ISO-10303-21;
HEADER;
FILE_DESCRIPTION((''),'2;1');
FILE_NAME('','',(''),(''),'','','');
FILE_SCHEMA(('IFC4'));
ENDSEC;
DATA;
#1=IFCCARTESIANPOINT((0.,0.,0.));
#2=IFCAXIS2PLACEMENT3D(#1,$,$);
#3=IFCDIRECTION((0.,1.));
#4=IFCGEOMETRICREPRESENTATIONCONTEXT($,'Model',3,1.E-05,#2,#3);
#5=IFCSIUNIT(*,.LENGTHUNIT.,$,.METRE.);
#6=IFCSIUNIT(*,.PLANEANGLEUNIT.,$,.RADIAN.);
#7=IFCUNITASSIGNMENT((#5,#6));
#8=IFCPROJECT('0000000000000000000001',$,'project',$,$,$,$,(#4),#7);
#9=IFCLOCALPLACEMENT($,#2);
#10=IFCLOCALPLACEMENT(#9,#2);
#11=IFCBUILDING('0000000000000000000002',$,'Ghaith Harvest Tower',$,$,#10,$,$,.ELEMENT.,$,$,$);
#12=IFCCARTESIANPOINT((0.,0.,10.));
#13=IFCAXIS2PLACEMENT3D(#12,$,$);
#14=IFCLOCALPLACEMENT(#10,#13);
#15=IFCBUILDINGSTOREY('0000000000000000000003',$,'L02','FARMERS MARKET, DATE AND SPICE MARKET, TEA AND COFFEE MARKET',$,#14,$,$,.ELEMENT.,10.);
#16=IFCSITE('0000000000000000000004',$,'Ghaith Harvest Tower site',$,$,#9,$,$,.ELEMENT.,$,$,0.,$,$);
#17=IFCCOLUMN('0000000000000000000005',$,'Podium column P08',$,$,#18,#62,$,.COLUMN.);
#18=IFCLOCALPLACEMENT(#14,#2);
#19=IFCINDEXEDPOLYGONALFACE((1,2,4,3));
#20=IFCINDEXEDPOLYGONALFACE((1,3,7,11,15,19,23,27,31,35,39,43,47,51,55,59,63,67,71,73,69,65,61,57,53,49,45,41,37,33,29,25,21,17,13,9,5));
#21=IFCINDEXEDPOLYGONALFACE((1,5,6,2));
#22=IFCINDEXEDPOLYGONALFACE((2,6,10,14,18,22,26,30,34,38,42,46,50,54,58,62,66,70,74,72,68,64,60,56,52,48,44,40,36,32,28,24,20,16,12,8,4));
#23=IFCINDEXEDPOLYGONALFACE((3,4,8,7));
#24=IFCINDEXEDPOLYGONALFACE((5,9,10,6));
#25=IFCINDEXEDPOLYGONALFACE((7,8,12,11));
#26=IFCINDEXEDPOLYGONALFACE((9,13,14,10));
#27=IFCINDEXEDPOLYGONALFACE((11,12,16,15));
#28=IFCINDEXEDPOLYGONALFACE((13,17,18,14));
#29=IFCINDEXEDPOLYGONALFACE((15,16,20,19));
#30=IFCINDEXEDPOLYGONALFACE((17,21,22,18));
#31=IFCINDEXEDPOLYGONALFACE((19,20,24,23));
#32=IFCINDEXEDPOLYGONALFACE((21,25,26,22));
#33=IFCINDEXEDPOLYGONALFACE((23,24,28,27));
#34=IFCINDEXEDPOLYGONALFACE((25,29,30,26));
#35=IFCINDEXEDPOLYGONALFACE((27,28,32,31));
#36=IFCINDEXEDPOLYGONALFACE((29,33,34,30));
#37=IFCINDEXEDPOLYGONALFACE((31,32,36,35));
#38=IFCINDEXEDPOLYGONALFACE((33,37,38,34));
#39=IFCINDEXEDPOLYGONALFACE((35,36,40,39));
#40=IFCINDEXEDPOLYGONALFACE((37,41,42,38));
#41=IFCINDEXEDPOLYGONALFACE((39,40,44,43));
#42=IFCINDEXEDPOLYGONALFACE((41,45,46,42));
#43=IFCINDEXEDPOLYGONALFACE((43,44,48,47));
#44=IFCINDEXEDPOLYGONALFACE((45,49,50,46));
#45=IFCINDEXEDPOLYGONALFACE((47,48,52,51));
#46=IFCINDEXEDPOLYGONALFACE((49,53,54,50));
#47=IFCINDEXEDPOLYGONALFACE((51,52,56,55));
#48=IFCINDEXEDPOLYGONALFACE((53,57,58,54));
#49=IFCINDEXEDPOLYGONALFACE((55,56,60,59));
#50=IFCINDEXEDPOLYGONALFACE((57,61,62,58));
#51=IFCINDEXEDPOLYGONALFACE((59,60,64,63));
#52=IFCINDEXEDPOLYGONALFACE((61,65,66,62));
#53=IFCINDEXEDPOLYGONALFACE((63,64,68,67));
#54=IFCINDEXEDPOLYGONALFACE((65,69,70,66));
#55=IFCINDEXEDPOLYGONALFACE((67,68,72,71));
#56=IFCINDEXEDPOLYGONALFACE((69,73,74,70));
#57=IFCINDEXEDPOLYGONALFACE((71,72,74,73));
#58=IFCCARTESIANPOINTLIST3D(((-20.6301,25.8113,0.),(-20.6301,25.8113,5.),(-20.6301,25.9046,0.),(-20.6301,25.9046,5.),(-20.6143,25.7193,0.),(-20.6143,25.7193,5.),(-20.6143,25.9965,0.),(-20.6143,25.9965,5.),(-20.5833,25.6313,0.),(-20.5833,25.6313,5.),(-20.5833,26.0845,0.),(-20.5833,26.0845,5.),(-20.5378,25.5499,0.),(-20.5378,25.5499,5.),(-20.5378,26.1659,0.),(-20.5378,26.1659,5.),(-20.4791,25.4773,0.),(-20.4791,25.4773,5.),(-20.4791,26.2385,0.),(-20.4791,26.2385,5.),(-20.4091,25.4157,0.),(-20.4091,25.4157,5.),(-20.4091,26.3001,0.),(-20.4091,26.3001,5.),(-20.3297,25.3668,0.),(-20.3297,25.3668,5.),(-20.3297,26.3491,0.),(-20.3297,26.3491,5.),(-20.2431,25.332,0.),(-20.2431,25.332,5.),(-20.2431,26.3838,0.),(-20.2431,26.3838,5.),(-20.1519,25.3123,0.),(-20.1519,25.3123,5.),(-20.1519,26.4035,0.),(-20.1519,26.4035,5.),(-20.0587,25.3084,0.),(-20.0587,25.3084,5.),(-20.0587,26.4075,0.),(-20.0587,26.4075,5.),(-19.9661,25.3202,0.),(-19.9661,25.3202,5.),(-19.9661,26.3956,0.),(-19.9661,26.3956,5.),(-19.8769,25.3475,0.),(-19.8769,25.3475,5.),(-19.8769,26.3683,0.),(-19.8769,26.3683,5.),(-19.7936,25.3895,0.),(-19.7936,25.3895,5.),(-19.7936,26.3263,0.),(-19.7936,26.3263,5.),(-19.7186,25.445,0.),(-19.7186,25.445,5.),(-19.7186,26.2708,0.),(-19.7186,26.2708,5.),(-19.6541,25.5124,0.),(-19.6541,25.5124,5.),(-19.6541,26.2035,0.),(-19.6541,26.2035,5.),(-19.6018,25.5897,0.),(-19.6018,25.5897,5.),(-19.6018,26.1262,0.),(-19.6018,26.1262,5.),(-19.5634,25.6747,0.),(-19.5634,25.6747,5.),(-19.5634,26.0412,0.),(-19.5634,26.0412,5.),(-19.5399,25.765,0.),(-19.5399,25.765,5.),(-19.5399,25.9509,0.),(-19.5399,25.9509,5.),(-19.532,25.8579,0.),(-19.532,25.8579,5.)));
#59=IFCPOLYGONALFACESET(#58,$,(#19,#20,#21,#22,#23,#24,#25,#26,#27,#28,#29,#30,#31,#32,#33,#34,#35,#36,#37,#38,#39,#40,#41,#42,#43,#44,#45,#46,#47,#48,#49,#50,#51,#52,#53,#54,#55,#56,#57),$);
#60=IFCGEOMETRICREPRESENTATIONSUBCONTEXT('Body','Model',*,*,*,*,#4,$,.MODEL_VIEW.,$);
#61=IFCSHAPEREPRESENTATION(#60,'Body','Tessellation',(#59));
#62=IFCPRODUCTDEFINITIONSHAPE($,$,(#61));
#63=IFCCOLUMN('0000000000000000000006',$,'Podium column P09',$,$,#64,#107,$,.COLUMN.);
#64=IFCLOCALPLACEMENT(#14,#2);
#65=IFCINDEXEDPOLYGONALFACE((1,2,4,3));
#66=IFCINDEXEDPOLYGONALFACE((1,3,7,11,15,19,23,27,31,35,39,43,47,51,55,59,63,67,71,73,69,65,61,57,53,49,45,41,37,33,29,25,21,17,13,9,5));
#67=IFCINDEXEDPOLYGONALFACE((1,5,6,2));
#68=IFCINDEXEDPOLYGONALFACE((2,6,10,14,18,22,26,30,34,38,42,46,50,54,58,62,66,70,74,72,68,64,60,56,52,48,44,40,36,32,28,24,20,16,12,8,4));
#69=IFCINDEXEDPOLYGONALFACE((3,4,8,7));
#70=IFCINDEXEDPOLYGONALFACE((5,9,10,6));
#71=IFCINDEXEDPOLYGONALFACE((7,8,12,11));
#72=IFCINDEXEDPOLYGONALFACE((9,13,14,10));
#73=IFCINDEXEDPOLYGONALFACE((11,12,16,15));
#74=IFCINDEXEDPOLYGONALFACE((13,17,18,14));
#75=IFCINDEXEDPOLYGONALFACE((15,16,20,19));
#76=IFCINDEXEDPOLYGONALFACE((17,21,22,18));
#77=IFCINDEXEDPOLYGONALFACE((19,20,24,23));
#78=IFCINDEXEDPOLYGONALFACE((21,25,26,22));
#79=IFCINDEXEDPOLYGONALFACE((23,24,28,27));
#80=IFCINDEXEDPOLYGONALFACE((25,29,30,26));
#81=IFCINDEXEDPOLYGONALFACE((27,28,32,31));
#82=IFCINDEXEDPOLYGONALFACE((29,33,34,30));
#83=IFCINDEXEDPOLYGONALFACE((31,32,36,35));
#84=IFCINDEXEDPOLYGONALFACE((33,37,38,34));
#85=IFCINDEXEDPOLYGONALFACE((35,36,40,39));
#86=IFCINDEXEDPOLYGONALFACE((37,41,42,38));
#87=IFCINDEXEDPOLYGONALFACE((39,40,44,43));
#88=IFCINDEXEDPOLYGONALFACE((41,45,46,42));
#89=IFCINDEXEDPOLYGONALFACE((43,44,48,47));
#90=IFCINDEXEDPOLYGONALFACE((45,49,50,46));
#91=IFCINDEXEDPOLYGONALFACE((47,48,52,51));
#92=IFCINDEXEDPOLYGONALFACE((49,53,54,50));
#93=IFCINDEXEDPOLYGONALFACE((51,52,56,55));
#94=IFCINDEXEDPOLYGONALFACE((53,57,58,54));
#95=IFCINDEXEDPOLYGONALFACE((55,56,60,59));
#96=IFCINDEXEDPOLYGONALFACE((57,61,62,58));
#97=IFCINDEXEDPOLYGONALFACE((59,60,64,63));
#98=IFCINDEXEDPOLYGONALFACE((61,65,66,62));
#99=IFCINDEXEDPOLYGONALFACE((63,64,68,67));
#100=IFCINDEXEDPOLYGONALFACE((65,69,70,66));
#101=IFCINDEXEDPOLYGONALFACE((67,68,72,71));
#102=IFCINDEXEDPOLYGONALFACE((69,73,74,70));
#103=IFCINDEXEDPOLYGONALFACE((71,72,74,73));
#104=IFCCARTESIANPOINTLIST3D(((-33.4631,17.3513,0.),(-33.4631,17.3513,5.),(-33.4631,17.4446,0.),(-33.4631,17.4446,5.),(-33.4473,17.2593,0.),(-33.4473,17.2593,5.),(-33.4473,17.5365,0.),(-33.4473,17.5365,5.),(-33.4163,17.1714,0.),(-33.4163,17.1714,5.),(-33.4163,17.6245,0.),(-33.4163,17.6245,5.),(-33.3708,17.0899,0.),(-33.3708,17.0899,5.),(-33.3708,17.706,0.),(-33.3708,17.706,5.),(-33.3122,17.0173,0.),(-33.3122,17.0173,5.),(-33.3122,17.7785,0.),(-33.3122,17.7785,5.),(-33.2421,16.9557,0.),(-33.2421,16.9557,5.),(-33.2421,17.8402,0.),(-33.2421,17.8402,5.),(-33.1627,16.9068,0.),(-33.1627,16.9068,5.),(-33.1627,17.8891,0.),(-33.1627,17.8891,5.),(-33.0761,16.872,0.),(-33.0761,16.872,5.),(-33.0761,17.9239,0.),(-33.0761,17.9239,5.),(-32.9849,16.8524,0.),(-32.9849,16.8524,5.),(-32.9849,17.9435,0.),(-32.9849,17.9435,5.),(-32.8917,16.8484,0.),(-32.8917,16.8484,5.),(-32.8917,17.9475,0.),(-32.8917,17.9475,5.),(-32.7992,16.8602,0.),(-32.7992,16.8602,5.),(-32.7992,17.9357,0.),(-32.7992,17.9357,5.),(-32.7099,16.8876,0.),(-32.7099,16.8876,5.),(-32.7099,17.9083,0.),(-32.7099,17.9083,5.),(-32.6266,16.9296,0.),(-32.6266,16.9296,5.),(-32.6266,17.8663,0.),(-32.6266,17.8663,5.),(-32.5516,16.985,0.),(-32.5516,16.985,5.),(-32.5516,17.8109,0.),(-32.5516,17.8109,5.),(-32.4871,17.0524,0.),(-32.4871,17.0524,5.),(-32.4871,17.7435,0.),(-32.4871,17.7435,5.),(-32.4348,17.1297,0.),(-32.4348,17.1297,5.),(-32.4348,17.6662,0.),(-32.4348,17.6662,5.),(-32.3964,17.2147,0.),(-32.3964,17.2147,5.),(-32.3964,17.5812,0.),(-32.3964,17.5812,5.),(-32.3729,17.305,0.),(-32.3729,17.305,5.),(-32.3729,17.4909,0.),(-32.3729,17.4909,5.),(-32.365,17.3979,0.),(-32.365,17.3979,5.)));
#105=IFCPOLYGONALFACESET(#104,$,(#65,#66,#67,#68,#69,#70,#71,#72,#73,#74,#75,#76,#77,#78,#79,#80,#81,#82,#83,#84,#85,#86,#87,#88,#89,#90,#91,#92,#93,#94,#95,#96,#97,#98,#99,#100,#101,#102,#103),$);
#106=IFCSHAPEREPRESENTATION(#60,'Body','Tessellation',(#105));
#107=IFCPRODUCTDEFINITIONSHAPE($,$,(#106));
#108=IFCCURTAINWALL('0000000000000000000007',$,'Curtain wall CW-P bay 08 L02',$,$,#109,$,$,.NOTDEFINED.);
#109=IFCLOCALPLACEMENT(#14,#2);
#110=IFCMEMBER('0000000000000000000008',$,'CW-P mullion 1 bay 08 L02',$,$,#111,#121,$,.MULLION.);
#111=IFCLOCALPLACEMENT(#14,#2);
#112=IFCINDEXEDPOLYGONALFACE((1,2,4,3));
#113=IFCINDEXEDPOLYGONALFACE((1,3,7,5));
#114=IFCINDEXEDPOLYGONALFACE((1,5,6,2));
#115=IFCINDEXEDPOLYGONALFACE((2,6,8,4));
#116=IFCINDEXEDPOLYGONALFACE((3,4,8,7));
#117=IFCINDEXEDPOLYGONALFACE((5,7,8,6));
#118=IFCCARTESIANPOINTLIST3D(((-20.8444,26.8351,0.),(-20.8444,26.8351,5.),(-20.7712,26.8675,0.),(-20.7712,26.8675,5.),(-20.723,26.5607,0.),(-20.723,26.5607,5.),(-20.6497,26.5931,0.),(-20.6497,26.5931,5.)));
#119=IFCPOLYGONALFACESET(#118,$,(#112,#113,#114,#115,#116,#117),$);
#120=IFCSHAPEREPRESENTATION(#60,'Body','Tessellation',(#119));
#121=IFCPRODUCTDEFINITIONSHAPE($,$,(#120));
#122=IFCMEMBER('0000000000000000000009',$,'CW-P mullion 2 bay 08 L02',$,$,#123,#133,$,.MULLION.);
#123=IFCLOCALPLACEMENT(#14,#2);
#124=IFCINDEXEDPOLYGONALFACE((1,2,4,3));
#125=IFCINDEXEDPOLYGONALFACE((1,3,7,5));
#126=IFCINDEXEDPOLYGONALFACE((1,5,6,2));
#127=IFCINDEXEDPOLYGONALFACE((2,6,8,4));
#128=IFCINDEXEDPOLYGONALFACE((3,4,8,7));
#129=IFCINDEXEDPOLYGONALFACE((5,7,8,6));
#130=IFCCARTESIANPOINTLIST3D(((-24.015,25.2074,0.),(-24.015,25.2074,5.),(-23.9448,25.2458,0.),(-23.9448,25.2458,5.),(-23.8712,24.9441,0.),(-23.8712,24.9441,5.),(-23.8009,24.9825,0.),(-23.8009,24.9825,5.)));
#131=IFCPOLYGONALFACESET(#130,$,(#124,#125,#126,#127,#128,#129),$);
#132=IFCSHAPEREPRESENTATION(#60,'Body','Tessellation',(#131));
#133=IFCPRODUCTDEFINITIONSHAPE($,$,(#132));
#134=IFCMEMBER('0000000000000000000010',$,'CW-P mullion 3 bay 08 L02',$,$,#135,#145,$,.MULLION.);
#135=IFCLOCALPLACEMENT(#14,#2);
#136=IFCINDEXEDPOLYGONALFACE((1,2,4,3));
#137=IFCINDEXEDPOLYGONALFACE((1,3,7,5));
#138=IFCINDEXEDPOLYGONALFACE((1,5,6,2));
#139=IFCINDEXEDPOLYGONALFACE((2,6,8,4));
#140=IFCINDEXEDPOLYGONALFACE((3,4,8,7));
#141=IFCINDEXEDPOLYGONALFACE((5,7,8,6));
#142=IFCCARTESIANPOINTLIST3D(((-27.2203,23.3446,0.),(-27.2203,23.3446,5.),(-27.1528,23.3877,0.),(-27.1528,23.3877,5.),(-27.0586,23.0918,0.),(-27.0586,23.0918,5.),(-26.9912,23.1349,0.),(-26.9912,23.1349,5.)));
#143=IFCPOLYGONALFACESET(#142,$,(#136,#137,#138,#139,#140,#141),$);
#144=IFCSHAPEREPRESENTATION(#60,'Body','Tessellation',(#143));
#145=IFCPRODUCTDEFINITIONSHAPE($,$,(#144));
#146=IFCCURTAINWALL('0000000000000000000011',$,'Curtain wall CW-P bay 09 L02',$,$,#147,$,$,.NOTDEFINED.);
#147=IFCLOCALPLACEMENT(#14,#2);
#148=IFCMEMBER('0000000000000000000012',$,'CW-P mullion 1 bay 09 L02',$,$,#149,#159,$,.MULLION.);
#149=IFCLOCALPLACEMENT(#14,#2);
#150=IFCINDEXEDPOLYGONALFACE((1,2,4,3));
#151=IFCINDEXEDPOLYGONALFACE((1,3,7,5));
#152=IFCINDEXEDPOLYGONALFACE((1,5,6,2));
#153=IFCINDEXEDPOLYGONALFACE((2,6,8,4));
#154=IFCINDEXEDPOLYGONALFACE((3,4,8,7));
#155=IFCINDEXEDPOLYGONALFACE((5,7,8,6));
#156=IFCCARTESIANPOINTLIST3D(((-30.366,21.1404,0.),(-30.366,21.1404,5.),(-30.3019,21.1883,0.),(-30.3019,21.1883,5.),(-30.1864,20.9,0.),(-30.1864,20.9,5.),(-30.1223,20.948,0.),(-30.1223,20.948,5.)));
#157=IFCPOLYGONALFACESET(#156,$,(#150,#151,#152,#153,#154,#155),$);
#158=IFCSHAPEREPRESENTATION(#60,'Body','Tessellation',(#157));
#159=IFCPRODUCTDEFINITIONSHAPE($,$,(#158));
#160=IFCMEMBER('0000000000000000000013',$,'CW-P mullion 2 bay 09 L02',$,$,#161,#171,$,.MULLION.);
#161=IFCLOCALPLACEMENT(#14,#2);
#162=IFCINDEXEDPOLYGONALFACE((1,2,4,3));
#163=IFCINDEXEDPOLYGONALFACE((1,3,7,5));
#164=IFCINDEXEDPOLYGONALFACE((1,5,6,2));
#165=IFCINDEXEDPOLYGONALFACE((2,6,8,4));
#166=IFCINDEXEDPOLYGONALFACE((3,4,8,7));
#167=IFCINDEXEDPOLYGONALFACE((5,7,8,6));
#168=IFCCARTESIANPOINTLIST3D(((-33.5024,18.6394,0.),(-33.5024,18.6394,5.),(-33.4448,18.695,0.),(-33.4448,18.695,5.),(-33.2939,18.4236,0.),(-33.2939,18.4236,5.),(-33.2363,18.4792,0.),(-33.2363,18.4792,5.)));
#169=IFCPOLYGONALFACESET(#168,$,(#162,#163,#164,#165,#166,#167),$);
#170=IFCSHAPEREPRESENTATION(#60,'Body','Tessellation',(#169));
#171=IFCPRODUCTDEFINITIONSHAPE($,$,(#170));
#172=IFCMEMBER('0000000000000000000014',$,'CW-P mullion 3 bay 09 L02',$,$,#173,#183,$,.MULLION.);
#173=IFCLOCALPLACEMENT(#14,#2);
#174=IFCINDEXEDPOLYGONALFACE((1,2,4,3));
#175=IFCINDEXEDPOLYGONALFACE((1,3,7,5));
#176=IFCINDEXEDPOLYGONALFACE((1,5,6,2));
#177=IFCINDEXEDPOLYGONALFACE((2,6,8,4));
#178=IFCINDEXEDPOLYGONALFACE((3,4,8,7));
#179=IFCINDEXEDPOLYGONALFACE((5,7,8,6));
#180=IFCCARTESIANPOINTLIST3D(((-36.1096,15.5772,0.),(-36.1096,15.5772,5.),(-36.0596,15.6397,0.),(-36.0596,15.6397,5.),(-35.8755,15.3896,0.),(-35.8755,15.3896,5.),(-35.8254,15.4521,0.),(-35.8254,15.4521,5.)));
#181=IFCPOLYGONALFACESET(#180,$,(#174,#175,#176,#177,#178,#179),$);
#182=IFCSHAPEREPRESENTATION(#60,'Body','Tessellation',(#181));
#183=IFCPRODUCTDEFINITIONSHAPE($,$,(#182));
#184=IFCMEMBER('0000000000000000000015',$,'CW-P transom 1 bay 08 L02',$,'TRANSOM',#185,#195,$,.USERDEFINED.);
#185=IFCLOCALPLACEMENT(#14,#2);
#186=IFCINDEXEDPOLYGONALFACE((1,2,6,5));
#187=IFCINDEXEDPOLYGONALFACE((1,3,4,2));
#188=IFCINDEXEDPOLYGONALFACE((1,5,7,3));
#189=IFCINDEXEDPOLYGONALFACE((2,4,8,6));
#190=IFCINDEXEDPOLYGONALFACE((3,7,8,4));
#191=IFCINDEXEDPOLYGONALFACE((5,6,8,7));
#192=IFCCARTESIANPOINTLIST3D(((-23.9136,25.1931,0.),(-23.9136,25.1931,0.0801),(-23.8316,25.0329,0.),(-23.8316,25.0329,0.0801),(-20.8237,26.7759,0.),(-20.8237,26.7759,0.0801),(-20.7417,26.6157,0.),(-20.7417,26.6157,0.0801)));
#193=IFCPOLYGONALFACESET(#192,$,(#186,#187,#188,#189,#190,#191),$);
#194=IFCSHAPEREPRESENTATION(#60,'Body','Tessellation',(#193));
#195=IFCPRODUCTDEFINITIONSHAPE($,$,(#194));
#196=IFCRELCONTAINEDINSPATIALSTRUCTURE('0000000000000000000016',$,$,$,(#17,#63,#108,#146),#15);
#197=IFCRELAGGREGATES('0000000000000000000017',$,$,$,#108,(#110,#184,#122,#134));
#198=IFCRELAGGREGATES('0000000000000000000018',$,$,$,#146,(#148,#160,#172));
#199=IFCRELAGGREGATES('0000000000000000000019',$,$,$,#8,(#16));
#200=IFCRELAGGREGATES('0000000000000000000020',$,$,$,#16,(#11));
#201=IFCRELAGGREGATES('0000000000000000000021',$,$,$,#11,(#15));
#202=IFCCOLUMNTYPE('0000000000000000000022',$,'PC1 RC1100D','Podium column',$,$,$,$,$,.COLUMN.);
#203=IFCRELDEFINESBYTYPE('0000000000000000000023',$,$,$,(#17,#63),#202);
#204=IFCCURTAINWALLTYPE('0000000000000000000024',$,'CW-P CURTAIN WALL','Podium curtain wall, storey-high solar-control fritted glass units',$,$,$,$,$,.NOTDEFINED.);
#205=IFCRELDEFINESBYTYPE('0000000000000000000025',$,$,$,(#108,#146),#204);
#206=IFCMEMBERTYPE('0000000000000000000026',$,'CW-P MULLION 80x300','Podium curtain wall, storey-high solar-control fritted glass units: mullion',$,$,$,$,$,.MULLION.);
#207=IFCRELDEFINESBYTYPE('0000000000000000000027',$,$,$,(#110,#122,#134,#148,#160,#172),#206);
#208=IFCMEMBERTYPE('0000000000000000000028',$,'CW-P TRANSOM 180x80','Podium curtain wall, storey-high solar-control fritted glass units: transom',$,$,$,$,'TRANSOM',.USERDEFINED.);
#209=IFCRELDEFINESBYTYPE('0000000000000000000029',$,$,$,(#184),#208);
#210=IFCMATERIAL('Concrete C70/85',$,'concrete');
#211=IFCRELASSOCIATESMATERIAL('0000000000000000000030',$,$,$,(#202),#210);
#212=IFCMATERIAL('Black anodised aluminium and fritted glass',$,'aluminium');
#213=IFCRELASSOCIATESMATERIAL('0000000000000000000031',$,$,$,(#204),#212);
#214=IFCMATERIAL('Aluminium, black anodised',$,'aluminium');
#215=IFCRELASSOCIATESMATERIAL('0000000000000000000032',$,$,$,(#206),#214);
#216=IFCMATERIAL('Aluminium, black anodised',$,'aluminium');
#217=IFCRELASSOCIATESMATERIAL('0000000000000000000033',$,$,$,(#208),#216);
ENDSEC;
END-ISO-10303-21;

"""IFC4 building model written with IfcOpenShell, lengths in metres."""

from ifc_helpers import new_model, si_unit, direction, frame, origin, origin_2d, place, context, subcontext, project, spatial, rectangle, circle, extrude, material, material_profile, profile_set, type_object, element, aggregate, save


model = new_model("IFC4")

# Units and contexts
model_context = context("Model", 3, precision=1e-05, world=origin(), true_north=direction((0.0, 1.0)))
body_context = subcontext(model_context, "Body", "Model", "MODEL_VIEW")
ifc_project = project(units=[si_unit("LENGTHUNIT", "METRE"), si_unit("PLANEANGLEUNIT", "RADIAN")], contexts=[model_context])

# Site, building, storey
site_placement = place(None, origin())
site = spatial("IfcSite", under=ifc_project, at=site_placement, Name="Ghaith Harvest Tower site", CompositionType="ELEMENT", RefElevation=0.0)
building_placement = place(site_placement, origin())
building = spatial("IfcBuilding", under=site, at=building_placement, Name="Ghaith Harvest Tower", CompositionType="ELEMENT")
storey_placement = place(building_placement, frame((0.0, 0.0, 10.0)))
storey = spatial("IfcBuildingStorey", under=building, at=storey_placement, Name="L02", Description="FARMERS MARKET, DATE AND SPICE MARKET, TEA AND COFFEE MARKET", CompositionType="ELEMENT", Elevation=10.0)

# Columns
ifc_material_1 = material(Name="Concrete C70/85", Category="concrete")
ifc_material_profile_1 = material_profile(ifc_material_1, circle(Radius=0.55, at=origin_2d()), Name="RC1100D")
ifc_profile_set_1 = profile_set([ifc_material_profile_1], Name="Concrete C70/85")
column_type = type_object("IfcColumnType", Name="PC1 RC1100D", Description="Podium column", PredefinedType="COLUMN", material=ifc_profile_set_1)
for number, where, z_axis, x_axis, name in (
    (1, (-20.082, 25.8579, 0.0), (0.0, 0.0, 1.0), (1.0, 0.0, 0.0), "Podium column P08"),
    (2, (-32.915, 17.3979, 0.0), (0.0, 0.0, 1.0), (1.0, 0.0, 0.0), "Podium column P09"),
):
    element("IfcColumn", number, at=place(storey_placement, frame(where, z_axis=z_axis, x_axis=x_axis)), inside=storey, type_object=column_type, Name=name, PredefinedType="COLUMN", context=body_context, shape_type="SweptSolid", body=[
        extrude(circle(Radius=0.55, at=origin_2d()), origin(), (0.0, 0.0, 1.0), 5.0),
    ])

# Curtain walls, members
ifc_material_2 = material(Name="Black anodised aluminium and fritted glass", Category="aluminium")
curtain_wall_type = type_object("IfcCurtainWallType", Name="CW-P CURTAIN WALL", Description="Podium curtain wall, storey-high solar-control fritted glass units", PredefinedType="NOTDEFINED", material=ifc_material_2)
curtain_wall_1_placement = place(storey_placement, origin())
curtain_wall_1 = element("IfcCurtainWall", 3, at=curtain_wall_1_placement, inside=storey, type_object=curtain_wall_type, Name="Curtain wall CW-P bay 08 L02", PredefinedType="NOTDEFINED")
ifc_material_3 = material(Name="Aluminium, black anodised", Category="aluminium")
ifc_material_profile_2 = material_profile(ifc_material_3, rectangle(XDim=0.0801, YDim=0.3, at=origin_2d()), Name="CW-P MULLION 80x300")
ifc_profile_set_2 = profile_set([ifc_material_profile_2], Name="Aluminium, black anodised")
member_type_1 = type_object("IfcMemberType", Name="CW-P MULLION 80x300", Description="Podium curtain wall, storey-high solar-control fritted glass units: mullion", PredefinedType="MULLION", material=ifc_profile_set_2)
member_1_placement = place(storey_placement, frame((-20.7471, 26.7141, 0.0), z_axis=(0.0, 0.0, 1.0), x_axis=(-0.914422, -0.404763, 0.0)))
member_1 = element("IfcMember", 4, at=member_1_placement, type_object=member_type_1, Name="CW-P mullion 1 bay 08 L02", PredefinedType="MULLION", context=body_context, shape_type="SweptSolid", body=[
    extrude(rectangle(XDim=0.0801, YDim=0.3, at=origin_2d()), origin(), (0.0, 0.0, 1.0), 5.0),
])
member_2_placement = place(storey_placement, frame((-23.908, 25.095, 0.0), z_axis=(0.0, 0.0, 1.0), x_axis=(-0.877556, -0.479473, 0.0)))
member_2 = element("IfcMember", 5, at=member_2_placement, type_object=member_type_1, Name="CW-P mullion 2 bay 08 L02", PredefinedType="MULLION", context=body_context, shape_type="SweptSolid", body=[
    extrude(rectangle(XDim=0.0801, YDim=0.3, at=origin_2d()), origin(), (0.0, 0.0, 1.0), 5.0),
])
member_3_placement = place(storey_placement, frame((-27.1057, 23.2397, 0.0), z_axis=(0.0, 0.0, 1.0), x_axis=(-0.842539, -0.538635, 0.0)))
member_3 = element("IfcMember", 6, at=member_3_placement, type_object=member_type_1, Name="CW-P mullion 3 bay 08 L02", PredefinedType="MULLION", context=body_context, shape_type="SweptSolid", body=[
    extrude(rectangle(XDim=0.0801, YDim=0.3, at=origin_2d()), origin(), (0.0, 0.0, 1.0), 5.0),
])
curtain_wall_2_placement = place(storey_placement, origin())
curtain_wall_2 = element("IfcCurtainWall", 7, at=curtain_wall_2_placement, inside=storey, type_object=curtain_wall_type, Name="Curtain wall CW-P bay 09 L02", PredefinedType="NOTDEFINED")
member_4_placement = place(storey_placement, frame((-30.2441, 21.0442, 0.0), z_axis=(0.0, 0.0, 1.0), x_axis=(-0.801048, -0.5986, 0.0)))
member_4 = element("IfcMember", 8, at=member_4_placement, type_object=member_type_1, Name="CW-P mullion 1 bay 09 L02", PredefinedType="MULLION", context=body_context, shape_type="SweptSolid", body=[
    extrude(rectangle(XDim=0.0801, YDim=0.3, at=origin_2d()), origin(), (0.0, 0.0, 1.0), 5.0),
])
member_5_placement = place(storey_placement, frame((-33.3694, 18.5593, 0.0), z_axis=(0.0, 0.0, 1.0), x_axis=(-0.719189, -0.694814, 0.0)))
member_5 = element("IfcMember", 9, at=member_5_placement, type_object=member_type_1, Name="CW-P mullion 2 bay 09 L02", PredefinedType="MULLION", context=body_context, shape_type="SweptSolid", body=[
    extrude(rectangle(XDim=0.0801, YDim=0.3, at=origin_2d()), origin(), (0.0, 0.0, 1.0), 5.0),
])
member_6_placement = place(storey_placement, frame((-35.9675, 15.5146, 0.0), z_axis=(0.0, 0.0, 1.0), x_axis=(-0.625229, -0.780441, 0.0)))
member_6 = element("IfcMember", 10, at=member_6_placement, type_object=member_type_1, Name="CW-P mullion 3 bay 09 L02", PredefinedType="MULLION", context=body_context, shape_type="SweptSolid", body=[
    extrude(rectangle(XDim=0.0801, YDim=0.3, at=origin_2d()), origin(), (0.0, 0.0, 1.0), 5.0),
])

# Member
ifc_material_4 = material(Name="Aluminium, black anodised", Category="aluminium")
ifc_material_profile_3 = material_profile(ifc_material_4, rectangle(XDim=0.1799, YDim=0.0801, at=origin_2d()), Name="CW-P TRANSOM 180x80")
ifc_profile_set_3 = profile_set([ifc_material_profile_3], Name="Aluminium, black anodised")
member_type_2 = type_object("IfcMemberType", Name="CW-P TRANSOM 180x80", Description="Podium curtain wall, storey-high solar-control fritted glass units: transom", ElementType="TRANSOM", PredefinedType="USERDEFINED", material=ifc_profile_set_3)
member_7_placement = place(storey_placement, frame((-20.7827, 26.6958, 0.04), z_axis=(-0.890025, -0.455913, 0.0), x_axis=(0.455913, -0.890025, 0.0)))
member_7 = element("IfcMember", 11, at=member_7_placement, type_object=member_type_2, Name="CW-P transom 1 bay 08 L02", ObjectType="TRANSOM", PredefinedType="USERDEFINED", context=body_context, shape_type="SweptSolid", body=[
    extrude(rectangle(XDim=0.1799, YDim=0.0801, at=origin_2d()), origin(), (0.0, 0.0, 1.0), 3.4717),
])

aggregate(curtain_wall_1, [member_1, member_7, member_2, member_3])
aggregate(curtain_wall_2, [member_4, member_5, member_6])

save(model, "model.ifc")
